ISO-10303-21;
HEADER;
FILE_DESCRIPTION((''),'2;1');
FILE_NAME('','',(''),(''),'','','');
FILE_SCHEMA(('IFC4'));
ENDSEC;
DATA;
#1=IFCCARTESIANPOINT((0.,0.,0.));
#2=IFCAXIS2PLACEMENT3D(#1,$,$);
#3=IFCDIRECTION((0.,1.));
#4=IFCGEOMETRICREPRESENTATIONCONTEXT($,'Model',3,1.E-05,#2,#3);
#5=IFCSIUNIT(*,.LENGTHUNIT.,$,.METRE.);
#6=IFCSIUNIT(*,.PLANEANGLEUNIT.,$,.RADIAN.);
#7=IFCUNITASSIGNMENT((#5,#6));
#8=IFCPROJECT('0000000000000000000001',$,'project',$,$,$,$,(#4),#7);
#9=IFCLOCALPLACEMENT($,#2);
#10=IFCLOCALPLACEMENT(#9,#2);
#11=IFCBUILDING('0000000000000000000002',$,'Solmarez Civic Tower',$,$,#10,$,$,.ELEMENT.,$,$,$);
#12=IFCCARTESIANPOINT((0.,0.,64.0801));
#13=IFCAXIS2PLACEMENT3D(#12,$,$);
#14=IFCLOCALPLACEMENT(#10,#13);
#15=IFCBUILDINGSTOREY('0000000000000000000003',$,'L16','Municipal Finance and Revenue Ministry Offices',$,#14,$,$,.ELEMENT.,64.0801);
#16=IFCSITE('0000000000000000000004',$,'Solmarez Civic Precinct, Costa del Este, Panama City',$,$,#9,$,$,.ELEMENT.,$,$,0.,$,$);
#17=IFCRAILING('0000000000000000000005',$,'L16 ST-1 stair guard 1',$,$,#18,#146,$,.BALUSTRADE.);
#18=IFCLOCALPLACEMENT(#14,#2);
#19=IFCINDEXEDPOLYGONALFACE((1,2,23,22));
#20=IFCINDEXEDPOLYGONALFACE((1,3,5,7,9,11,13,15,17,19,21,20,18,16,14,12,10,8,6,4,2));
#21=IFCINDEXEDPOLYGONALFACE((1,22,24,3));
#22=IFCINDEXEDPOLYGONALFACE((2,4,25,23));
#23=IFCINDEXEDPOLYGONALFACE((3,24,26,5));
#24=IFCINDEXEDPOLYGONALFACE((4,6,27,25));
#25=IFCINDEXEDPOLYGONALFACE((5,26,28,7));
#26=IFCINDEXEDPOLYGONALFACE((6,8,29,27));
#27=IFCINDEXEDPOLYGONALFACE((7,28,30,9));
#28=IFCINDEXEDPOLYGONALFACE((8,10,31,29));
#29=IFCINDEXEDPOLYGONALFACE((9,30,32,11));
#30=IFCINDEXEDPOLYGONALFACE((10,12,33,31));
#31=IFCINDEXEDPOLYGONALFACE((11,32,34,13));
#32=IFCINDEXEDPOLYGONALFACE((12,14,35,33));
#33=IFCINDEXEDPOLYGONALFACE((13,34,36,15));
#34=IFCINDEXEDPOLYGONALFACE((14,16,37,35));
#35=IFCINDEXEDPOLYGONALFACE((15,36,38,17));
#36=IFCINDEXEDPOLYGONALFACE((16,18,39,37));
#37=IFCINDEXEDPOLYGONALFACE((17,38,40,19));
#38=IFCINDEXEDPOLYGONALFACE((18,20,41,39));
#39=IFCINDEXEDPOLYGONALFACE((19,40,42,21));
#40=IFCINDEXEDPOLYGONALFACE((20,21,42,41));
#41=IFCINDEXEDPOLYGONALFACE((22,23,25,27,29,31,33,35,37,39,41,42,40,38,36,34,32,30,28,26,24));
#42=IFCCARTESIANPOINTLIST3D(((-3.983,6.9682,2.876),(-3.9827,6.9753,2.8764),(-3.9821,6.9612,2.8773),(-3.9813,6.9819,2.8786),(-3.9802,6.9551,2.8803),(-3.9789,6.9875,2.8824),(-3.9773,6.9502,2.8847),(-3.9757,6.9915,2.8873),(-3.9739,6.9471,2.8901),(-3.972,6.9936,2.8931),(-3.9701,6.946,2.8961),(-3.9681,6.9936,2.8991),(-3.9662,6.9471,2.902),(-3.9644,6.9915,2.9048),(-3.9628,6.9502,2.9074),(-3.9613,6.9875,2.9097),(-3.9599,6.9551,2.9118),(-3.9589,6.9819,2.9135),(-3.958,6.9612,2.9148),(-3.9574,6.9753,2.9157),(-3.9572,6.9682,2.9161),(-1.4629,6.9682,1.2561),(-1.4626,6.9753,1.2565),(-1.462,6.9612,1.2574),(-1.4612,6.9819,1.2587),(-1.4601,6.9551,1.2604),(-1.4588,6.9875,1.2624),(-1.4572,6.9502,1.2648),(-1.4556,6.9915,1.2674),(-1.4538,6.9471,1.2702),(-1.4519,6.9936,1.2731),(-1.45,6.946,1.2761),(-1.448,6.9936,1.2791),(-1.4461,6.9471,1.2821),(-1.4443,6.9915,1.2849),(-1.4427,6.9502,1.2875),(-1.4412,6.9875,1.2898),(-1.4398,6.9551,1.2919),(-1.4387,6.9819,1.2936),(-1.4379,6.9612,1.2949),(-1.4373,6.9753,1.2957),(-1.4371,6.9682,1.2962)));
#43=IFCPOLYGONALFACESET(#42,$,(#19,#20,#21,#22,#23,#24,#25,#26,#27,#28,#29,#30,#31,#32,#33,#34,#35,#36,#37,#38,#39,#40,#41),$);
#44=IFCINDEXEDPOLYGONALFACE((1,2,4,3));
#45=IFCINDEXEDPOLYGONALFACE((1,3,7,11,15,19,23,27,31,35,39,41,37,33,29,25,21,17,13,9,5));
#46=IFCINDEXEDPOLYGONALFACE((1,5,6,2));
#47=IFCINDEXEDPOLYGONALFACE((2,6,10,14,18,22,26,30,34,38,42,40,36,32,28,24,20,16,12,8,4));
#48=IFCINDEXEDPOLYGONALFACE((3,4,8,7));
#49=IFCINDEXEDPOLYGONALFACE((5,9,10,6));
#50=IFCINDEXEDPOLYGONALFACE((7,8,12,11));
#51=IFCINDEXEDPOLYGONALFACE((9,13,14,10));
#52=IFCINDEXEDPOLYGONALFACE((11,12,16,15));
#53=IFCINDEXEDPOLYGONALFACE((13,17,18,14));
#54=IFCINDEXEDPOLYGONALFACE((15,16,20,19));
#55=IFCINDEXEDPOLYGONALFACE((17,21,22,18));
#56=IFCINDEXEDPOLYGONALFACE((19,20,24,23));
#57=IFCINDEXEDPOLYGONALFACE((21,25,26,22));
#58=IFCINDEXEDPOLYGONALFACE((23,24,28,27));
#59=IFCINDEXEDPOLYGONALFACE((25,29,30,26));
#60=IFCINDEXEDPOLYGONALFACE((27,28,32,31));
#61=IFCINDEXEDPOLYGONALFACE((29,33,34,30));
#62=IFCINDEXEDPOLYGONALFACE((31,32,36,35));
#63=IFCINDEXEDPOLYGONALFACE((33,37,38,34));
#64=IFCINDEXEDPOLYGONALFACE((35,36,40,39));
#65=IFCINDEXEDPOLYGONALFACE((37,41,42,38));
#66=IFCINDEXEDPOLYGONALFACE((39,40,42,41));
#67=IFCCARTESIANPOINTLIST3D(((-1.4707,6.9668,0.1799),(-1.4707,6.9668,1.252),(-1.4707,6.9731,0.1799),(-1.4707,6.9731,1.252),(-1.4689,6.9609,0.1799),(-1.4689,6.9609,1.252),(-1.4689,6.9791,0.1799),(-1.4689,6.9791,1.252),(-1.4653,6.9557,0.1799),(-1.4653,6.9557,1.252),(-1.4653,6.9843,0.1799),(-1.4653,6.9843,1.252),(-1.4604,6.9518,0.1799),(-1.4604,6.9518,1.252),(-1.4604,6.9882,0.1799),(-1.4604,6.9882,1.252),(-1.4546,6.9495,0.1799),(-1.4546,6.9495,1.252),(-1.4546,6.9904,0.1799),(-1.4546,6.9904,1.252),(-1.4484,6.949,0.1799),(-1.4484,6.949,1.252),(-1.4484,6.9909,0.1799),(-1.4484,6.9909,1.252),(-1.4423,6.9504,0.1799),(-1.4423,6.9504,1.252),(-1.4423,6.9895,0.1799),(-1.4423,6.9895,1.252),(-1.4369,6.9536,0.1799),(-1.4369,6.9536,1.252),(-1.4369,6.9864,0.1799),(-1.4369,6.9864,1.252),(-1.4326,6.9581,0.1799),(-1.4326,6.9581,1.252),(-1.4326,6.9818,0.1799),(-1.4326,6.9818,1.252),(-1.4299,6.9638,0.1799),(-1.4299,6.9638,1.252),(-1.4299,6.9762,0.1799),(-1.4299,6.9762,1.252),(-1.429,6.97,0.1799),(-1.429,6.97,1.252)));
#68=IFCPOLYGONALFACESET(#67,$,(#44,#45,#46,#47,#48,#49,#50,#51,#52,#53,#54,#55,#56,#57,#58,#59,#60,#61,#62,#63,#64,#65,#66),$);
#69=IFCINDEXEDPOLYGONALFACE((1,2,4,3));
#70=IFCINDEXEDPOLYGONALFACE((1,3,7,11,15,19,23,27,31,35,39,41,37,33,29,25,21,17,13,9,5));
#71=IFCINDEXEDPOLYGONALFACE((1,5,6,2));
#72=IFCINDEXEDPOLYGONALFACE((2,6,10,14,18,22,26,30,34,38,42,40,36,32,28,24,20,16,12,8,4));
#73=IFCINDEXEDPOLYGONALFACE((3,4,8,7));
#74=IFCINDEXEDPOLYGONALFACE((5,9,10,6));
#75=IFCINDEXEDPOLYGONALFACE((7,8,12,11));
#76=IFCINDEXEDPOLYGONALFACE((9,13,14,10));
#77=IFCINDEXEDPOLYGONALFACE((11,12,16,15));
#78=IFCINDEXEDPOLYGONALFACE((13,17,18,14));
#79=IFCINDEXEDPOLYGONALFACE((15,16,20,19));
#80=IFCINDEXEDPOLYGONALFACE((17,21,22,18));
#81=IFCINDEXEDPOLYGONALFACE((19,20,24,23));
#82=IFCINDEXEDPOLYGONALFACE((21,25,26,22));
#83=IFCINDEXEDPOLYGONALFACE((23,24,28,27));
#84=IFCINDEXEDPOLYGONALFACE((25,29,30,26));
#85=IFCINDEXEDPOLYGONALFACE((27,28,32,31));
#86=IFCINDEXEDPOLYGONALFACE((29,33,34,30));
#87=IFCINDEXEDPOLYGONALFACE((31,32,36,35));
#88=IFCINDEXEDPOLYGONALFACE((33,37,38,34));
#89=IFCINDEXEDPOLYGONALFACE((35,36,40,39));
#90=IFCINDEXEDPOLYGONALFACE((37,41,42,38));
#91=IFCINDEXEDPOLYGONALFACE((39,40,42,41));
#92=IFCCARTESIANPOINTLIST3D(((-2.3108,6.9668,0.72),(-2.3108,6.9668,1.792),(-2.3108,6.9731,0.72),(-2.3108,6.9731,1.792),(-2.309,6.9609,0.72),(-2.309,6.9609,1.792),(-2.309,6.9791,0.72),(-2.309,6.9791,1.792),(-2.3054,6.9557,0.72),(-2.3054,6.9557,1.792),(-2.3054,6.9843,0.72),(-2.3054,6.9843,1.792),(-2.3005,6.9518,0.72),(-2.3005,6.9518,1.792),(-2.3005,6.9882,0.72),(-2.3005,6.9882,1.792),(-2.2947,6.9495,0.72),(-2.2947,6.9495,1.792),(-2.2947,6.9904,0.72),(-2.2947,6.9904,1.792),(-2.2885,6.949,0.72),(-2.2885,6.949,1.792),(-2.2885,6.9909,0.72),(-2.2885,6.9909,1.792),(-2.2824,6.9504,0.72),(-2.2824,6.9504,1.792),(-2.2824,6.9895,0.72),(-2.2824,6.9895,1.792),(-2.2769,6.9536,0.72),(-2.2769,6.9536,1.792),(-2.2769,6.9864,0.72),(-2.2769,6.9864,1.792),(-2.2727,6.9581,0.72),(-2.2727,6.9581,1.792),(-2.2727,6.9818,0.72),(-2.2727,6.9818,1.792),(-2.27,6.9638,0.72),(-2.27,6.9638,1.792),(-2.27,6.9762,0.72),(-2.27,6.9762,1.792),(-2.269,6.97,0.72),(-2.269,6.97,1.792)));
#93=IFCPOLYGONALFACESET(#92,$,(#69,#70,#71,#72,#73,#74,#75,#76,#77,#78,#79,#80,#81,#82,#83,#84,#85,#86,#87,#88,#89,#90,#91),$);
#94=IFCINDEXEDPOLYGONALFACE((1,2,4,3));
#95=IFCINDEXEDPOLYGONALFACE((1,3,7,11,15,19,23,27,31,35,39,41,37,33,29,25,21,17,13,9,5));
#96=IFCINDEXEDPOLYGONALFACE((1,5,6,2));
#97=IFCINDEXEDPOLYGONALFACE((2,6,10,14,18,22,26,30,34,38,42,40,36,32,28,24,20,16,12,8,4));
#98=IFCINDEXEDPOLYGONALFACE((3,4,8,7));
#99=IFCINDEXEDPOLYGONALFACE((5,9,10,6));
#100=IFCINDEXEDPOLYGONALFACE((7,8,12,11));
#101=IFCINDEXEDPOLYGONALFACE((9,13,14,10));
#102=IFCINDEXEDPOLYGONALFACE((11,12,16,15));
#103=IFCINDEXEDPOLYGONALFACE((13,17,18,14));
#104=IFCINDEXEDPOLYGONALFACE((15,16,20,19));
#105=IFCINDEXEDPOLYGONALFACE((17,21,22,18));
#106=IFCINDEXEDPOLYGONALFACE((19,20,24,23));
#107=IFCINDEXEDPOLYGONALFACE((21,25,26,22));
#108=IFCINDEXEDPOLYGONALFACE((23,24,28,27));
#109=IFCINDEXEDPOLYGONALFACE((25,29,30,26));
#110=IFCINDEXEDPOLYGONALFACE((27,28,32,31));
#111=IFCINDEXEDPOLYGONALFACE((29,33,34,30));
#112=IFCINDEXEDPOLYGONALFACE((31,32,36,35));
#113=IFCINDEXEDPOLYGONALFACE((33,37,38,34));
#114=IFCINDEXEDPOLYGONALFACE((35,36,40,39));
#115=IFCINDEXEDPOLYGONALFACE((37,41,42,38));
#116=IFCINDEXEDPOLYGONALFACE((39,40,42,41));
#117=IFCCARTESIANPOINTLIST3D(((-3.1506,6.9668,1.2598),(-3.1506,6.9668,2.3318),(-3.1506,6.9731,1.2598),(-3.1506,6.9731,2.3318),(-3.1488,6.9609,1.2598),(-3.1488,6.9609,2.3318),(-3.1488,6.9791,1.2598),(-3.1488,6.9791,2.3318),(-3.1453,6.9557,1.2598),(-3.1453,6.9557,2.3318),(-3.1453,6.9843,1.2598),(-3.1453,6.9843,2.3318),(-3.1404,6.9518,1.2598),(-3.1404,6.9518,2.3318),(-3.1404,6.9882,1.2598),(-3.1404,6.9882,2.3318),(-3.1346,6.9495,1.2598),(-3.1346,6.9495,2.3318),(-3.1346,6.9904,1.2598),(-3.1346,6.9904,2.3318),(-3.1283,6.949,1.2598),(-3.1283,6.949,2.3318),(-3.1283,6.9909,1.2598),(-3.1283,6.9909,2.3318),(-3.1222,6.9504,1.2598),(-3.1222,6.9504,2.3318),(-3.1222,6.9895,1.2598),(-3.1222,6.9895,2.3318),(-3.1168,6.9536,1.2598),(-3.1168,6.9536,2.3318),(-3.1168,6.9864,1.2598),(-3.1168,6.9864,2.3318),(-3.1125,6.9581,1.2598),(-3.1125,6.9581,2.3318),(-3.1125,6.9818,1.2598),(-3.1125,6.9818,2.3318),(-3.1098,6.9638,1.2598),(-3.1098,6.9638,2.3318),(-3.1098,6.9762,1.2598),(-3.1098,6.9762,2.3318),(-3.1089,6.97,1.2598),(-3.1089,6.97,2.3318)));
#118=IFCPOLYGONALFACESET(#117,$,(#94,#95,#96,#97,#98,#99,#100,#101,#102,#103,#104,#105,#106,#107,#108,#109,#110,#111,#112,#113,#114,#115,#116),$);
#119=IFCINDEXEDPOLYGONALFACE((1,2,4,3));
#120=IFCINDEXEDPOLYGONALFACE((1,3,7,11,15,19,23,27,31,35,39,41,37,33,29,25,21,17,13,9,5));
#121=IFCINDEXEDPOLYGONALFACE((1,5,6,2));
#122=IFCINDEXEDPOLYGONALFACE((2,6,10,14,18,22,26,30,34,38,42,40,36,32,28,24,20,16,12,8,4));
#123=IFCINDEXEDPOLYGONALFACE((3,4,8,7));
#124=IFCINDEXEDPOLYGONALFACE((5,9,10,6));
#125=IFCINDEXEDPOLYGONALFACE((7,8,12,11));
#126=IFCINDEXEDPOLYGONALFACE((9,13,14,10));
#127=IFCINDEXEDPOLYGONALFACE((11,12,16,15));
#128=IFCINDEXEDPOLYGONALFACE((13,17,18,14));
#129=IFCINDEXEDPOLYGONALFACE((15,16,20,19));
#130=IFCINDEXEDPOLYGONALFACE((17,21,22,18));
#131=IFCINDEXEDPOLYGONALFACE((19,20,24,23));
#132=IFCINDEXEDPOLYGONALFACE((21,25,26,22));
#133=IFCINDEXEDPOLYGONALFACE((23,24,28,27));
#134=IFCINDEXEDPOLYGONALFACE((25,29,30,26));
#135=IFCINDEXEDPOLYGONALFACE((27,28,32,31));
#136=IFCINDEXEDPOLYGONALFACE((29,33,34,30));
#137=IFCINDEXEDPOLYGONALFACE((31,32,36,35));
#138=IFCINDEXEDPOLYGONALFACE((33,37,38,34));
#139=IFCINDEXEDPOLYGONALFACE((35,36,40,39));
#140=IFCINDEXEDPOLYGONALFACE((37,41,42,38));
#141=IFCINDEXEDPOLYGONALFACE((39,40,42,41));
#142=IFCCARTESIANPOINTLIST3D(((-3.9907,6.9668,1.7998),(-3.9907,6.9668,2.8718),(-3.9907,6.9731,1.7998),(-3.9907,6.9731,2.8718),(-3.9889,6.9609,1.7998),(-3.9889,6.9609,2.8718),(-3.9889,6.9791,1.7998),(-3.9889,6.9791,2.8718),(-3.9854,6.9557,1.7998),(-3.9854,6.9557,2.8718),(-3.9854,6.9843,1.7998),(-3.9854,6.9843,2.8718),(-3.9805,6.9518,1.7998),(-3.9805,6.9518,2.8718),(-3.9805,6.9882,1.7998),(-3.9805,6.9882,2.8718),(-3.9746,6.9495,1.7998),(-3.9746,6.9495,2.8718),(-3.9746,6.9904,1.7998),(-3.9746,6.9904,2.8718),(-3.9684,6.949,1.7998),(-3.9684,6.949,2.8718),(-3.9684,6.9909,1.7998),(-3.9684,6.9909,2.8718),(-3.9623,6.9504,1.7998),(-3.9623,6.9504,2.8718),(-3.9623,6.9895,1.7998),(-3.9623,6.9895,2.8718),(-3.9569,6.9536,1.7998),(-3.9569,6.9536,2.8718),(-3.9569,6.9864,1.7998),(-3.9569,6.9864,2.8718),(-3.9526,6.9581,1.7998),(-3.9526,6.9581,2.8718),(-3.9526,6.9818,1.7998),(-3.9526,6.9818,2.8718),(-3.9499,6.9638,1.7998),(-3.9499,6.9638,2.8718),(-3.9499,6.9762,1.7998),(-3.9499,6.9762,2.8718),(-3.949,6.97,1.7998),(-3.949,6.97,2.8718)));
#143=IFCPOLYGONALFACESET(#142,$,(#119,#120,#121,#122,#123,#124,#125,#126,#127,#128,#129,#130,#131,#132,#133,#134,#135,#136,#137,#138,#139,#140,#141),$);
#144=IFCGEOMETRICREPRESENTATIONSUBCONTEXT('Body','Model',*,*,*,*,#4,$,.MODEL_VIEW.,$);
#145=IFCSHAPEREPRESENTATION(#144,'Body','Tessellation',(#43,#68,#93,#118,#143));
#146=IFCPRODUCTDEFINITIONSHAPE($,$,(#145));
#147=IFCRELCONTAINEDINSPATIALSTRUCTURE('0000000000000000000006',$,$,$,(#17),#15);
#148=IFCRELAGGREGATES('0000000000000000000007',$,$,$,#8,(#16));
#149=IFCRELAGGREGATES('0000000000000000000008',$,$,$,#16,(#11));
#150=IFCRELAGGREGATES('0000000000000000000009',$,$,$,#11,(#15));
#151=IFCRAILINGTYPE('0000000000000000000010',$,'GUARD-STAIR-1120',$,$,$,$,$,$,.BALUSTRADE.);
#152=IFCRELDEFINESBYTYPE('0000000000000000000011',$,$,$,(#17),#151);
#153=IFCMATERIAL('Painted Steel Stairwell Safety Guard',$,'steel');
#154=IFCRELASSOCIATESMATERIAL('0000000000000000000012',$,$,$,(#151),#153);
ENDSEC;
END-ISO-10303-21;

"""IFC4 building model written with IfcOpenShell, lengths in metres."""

from ifc_helpers import new_model, si_unit, direction, frame, origin, origin_2d, place, context, subcontext, project, spatial, circle, extrude, material, type_object, element, save


model = new_model("IFC4")

# Units and contexts
model_context = context("Model", 3, precision=1e-05, world=origin(), true_north=direction((0.0, 1.0)))
body_context = subcontext(model_context, "Body", "Model", "MODEL_VIEW")
ifc_project = project(units=[si_unit("LENGTHUNIT", "METRE"), si_unit("PLANEANGLEUNIT", "RADIAN")], contexts=[model_context])

# Site, building, storey
site_placement = place(None, origin())
site = spatial("IfcSite", under=ifc_project, at=site_placement, Name="Solmarez Civic Precinct, Costa del Este, Panama City", CompositionType="ELEMENT", RefElevation=0.0)
building_placement = place(site_placement, origin())
building = spatial("IfcBuilding", under=site, at=building_placement, Name="Solmarez Civic Tower", CompositionType="ELEMENT")
storey_placement = place(building_placement, frame((0.0, 0.0, 64.0801)))
storey = spatial("IfcBuildingStorey", under=building, at=storey_placement, Name="L16", Description="Municipal Finance and Revenue Ministry Offices", CompositionType="ELEMENT", Elevation=64.0801)

# Railing
ifc_material_1 = material(Name="Painted Steel Stairwell Safety Guard", Category="steel")
railing_type_1 = type_object("IfcRailingType", Name="GUARD-STAIR-1120", PredefinedType="BALUSTRADE", material=ifc_material_1)
railing_1_placement = place(storey_placement, frame((-1.45, 6.97, 0.1799)))
element("IfcRailing", 1, at=railing_1_placement, inside=storey, type_object=railing_type_1, Name="L16 ST-1 stair guard 1", PredefinedType="BALUSTRADE", context=body_context, shape_type="SweptSolid", body=[
    extrude(circle(Radius=0.0239, at=origin_2d()), frame((0.0, 0.0, 1.0962), z_axis=(-0.8412, 0.0, 0.540725), x_axis=(0.0, -1.0, 0.0)), (0.0, 0.0, 1.0), 2.9958),
    extrude(circle(Radius=0.021, at=origin_2d()), origin(), (0.0, 0.0, 1.0), 1.072),
    extrude(circle(Radius=0.021, at=origin_2d()), frame((-0.8401, 0.0, 0.54)), (0.0, 0.0, 1.0), 1.072),
    extrude(circle(Radius=0.021, at=origin_2d()), frame((-1.6799, 0.0, 1.0798)), (0.0, 0.0, 1.0), 1.072),
    extrude(circle(Radius=0.021, at=origin_2d()), frame((-2.52, 0.0, 1.6199)), (0.0, 0.0, 1.0), 1.072),
])

save(model, "model.ifc")
